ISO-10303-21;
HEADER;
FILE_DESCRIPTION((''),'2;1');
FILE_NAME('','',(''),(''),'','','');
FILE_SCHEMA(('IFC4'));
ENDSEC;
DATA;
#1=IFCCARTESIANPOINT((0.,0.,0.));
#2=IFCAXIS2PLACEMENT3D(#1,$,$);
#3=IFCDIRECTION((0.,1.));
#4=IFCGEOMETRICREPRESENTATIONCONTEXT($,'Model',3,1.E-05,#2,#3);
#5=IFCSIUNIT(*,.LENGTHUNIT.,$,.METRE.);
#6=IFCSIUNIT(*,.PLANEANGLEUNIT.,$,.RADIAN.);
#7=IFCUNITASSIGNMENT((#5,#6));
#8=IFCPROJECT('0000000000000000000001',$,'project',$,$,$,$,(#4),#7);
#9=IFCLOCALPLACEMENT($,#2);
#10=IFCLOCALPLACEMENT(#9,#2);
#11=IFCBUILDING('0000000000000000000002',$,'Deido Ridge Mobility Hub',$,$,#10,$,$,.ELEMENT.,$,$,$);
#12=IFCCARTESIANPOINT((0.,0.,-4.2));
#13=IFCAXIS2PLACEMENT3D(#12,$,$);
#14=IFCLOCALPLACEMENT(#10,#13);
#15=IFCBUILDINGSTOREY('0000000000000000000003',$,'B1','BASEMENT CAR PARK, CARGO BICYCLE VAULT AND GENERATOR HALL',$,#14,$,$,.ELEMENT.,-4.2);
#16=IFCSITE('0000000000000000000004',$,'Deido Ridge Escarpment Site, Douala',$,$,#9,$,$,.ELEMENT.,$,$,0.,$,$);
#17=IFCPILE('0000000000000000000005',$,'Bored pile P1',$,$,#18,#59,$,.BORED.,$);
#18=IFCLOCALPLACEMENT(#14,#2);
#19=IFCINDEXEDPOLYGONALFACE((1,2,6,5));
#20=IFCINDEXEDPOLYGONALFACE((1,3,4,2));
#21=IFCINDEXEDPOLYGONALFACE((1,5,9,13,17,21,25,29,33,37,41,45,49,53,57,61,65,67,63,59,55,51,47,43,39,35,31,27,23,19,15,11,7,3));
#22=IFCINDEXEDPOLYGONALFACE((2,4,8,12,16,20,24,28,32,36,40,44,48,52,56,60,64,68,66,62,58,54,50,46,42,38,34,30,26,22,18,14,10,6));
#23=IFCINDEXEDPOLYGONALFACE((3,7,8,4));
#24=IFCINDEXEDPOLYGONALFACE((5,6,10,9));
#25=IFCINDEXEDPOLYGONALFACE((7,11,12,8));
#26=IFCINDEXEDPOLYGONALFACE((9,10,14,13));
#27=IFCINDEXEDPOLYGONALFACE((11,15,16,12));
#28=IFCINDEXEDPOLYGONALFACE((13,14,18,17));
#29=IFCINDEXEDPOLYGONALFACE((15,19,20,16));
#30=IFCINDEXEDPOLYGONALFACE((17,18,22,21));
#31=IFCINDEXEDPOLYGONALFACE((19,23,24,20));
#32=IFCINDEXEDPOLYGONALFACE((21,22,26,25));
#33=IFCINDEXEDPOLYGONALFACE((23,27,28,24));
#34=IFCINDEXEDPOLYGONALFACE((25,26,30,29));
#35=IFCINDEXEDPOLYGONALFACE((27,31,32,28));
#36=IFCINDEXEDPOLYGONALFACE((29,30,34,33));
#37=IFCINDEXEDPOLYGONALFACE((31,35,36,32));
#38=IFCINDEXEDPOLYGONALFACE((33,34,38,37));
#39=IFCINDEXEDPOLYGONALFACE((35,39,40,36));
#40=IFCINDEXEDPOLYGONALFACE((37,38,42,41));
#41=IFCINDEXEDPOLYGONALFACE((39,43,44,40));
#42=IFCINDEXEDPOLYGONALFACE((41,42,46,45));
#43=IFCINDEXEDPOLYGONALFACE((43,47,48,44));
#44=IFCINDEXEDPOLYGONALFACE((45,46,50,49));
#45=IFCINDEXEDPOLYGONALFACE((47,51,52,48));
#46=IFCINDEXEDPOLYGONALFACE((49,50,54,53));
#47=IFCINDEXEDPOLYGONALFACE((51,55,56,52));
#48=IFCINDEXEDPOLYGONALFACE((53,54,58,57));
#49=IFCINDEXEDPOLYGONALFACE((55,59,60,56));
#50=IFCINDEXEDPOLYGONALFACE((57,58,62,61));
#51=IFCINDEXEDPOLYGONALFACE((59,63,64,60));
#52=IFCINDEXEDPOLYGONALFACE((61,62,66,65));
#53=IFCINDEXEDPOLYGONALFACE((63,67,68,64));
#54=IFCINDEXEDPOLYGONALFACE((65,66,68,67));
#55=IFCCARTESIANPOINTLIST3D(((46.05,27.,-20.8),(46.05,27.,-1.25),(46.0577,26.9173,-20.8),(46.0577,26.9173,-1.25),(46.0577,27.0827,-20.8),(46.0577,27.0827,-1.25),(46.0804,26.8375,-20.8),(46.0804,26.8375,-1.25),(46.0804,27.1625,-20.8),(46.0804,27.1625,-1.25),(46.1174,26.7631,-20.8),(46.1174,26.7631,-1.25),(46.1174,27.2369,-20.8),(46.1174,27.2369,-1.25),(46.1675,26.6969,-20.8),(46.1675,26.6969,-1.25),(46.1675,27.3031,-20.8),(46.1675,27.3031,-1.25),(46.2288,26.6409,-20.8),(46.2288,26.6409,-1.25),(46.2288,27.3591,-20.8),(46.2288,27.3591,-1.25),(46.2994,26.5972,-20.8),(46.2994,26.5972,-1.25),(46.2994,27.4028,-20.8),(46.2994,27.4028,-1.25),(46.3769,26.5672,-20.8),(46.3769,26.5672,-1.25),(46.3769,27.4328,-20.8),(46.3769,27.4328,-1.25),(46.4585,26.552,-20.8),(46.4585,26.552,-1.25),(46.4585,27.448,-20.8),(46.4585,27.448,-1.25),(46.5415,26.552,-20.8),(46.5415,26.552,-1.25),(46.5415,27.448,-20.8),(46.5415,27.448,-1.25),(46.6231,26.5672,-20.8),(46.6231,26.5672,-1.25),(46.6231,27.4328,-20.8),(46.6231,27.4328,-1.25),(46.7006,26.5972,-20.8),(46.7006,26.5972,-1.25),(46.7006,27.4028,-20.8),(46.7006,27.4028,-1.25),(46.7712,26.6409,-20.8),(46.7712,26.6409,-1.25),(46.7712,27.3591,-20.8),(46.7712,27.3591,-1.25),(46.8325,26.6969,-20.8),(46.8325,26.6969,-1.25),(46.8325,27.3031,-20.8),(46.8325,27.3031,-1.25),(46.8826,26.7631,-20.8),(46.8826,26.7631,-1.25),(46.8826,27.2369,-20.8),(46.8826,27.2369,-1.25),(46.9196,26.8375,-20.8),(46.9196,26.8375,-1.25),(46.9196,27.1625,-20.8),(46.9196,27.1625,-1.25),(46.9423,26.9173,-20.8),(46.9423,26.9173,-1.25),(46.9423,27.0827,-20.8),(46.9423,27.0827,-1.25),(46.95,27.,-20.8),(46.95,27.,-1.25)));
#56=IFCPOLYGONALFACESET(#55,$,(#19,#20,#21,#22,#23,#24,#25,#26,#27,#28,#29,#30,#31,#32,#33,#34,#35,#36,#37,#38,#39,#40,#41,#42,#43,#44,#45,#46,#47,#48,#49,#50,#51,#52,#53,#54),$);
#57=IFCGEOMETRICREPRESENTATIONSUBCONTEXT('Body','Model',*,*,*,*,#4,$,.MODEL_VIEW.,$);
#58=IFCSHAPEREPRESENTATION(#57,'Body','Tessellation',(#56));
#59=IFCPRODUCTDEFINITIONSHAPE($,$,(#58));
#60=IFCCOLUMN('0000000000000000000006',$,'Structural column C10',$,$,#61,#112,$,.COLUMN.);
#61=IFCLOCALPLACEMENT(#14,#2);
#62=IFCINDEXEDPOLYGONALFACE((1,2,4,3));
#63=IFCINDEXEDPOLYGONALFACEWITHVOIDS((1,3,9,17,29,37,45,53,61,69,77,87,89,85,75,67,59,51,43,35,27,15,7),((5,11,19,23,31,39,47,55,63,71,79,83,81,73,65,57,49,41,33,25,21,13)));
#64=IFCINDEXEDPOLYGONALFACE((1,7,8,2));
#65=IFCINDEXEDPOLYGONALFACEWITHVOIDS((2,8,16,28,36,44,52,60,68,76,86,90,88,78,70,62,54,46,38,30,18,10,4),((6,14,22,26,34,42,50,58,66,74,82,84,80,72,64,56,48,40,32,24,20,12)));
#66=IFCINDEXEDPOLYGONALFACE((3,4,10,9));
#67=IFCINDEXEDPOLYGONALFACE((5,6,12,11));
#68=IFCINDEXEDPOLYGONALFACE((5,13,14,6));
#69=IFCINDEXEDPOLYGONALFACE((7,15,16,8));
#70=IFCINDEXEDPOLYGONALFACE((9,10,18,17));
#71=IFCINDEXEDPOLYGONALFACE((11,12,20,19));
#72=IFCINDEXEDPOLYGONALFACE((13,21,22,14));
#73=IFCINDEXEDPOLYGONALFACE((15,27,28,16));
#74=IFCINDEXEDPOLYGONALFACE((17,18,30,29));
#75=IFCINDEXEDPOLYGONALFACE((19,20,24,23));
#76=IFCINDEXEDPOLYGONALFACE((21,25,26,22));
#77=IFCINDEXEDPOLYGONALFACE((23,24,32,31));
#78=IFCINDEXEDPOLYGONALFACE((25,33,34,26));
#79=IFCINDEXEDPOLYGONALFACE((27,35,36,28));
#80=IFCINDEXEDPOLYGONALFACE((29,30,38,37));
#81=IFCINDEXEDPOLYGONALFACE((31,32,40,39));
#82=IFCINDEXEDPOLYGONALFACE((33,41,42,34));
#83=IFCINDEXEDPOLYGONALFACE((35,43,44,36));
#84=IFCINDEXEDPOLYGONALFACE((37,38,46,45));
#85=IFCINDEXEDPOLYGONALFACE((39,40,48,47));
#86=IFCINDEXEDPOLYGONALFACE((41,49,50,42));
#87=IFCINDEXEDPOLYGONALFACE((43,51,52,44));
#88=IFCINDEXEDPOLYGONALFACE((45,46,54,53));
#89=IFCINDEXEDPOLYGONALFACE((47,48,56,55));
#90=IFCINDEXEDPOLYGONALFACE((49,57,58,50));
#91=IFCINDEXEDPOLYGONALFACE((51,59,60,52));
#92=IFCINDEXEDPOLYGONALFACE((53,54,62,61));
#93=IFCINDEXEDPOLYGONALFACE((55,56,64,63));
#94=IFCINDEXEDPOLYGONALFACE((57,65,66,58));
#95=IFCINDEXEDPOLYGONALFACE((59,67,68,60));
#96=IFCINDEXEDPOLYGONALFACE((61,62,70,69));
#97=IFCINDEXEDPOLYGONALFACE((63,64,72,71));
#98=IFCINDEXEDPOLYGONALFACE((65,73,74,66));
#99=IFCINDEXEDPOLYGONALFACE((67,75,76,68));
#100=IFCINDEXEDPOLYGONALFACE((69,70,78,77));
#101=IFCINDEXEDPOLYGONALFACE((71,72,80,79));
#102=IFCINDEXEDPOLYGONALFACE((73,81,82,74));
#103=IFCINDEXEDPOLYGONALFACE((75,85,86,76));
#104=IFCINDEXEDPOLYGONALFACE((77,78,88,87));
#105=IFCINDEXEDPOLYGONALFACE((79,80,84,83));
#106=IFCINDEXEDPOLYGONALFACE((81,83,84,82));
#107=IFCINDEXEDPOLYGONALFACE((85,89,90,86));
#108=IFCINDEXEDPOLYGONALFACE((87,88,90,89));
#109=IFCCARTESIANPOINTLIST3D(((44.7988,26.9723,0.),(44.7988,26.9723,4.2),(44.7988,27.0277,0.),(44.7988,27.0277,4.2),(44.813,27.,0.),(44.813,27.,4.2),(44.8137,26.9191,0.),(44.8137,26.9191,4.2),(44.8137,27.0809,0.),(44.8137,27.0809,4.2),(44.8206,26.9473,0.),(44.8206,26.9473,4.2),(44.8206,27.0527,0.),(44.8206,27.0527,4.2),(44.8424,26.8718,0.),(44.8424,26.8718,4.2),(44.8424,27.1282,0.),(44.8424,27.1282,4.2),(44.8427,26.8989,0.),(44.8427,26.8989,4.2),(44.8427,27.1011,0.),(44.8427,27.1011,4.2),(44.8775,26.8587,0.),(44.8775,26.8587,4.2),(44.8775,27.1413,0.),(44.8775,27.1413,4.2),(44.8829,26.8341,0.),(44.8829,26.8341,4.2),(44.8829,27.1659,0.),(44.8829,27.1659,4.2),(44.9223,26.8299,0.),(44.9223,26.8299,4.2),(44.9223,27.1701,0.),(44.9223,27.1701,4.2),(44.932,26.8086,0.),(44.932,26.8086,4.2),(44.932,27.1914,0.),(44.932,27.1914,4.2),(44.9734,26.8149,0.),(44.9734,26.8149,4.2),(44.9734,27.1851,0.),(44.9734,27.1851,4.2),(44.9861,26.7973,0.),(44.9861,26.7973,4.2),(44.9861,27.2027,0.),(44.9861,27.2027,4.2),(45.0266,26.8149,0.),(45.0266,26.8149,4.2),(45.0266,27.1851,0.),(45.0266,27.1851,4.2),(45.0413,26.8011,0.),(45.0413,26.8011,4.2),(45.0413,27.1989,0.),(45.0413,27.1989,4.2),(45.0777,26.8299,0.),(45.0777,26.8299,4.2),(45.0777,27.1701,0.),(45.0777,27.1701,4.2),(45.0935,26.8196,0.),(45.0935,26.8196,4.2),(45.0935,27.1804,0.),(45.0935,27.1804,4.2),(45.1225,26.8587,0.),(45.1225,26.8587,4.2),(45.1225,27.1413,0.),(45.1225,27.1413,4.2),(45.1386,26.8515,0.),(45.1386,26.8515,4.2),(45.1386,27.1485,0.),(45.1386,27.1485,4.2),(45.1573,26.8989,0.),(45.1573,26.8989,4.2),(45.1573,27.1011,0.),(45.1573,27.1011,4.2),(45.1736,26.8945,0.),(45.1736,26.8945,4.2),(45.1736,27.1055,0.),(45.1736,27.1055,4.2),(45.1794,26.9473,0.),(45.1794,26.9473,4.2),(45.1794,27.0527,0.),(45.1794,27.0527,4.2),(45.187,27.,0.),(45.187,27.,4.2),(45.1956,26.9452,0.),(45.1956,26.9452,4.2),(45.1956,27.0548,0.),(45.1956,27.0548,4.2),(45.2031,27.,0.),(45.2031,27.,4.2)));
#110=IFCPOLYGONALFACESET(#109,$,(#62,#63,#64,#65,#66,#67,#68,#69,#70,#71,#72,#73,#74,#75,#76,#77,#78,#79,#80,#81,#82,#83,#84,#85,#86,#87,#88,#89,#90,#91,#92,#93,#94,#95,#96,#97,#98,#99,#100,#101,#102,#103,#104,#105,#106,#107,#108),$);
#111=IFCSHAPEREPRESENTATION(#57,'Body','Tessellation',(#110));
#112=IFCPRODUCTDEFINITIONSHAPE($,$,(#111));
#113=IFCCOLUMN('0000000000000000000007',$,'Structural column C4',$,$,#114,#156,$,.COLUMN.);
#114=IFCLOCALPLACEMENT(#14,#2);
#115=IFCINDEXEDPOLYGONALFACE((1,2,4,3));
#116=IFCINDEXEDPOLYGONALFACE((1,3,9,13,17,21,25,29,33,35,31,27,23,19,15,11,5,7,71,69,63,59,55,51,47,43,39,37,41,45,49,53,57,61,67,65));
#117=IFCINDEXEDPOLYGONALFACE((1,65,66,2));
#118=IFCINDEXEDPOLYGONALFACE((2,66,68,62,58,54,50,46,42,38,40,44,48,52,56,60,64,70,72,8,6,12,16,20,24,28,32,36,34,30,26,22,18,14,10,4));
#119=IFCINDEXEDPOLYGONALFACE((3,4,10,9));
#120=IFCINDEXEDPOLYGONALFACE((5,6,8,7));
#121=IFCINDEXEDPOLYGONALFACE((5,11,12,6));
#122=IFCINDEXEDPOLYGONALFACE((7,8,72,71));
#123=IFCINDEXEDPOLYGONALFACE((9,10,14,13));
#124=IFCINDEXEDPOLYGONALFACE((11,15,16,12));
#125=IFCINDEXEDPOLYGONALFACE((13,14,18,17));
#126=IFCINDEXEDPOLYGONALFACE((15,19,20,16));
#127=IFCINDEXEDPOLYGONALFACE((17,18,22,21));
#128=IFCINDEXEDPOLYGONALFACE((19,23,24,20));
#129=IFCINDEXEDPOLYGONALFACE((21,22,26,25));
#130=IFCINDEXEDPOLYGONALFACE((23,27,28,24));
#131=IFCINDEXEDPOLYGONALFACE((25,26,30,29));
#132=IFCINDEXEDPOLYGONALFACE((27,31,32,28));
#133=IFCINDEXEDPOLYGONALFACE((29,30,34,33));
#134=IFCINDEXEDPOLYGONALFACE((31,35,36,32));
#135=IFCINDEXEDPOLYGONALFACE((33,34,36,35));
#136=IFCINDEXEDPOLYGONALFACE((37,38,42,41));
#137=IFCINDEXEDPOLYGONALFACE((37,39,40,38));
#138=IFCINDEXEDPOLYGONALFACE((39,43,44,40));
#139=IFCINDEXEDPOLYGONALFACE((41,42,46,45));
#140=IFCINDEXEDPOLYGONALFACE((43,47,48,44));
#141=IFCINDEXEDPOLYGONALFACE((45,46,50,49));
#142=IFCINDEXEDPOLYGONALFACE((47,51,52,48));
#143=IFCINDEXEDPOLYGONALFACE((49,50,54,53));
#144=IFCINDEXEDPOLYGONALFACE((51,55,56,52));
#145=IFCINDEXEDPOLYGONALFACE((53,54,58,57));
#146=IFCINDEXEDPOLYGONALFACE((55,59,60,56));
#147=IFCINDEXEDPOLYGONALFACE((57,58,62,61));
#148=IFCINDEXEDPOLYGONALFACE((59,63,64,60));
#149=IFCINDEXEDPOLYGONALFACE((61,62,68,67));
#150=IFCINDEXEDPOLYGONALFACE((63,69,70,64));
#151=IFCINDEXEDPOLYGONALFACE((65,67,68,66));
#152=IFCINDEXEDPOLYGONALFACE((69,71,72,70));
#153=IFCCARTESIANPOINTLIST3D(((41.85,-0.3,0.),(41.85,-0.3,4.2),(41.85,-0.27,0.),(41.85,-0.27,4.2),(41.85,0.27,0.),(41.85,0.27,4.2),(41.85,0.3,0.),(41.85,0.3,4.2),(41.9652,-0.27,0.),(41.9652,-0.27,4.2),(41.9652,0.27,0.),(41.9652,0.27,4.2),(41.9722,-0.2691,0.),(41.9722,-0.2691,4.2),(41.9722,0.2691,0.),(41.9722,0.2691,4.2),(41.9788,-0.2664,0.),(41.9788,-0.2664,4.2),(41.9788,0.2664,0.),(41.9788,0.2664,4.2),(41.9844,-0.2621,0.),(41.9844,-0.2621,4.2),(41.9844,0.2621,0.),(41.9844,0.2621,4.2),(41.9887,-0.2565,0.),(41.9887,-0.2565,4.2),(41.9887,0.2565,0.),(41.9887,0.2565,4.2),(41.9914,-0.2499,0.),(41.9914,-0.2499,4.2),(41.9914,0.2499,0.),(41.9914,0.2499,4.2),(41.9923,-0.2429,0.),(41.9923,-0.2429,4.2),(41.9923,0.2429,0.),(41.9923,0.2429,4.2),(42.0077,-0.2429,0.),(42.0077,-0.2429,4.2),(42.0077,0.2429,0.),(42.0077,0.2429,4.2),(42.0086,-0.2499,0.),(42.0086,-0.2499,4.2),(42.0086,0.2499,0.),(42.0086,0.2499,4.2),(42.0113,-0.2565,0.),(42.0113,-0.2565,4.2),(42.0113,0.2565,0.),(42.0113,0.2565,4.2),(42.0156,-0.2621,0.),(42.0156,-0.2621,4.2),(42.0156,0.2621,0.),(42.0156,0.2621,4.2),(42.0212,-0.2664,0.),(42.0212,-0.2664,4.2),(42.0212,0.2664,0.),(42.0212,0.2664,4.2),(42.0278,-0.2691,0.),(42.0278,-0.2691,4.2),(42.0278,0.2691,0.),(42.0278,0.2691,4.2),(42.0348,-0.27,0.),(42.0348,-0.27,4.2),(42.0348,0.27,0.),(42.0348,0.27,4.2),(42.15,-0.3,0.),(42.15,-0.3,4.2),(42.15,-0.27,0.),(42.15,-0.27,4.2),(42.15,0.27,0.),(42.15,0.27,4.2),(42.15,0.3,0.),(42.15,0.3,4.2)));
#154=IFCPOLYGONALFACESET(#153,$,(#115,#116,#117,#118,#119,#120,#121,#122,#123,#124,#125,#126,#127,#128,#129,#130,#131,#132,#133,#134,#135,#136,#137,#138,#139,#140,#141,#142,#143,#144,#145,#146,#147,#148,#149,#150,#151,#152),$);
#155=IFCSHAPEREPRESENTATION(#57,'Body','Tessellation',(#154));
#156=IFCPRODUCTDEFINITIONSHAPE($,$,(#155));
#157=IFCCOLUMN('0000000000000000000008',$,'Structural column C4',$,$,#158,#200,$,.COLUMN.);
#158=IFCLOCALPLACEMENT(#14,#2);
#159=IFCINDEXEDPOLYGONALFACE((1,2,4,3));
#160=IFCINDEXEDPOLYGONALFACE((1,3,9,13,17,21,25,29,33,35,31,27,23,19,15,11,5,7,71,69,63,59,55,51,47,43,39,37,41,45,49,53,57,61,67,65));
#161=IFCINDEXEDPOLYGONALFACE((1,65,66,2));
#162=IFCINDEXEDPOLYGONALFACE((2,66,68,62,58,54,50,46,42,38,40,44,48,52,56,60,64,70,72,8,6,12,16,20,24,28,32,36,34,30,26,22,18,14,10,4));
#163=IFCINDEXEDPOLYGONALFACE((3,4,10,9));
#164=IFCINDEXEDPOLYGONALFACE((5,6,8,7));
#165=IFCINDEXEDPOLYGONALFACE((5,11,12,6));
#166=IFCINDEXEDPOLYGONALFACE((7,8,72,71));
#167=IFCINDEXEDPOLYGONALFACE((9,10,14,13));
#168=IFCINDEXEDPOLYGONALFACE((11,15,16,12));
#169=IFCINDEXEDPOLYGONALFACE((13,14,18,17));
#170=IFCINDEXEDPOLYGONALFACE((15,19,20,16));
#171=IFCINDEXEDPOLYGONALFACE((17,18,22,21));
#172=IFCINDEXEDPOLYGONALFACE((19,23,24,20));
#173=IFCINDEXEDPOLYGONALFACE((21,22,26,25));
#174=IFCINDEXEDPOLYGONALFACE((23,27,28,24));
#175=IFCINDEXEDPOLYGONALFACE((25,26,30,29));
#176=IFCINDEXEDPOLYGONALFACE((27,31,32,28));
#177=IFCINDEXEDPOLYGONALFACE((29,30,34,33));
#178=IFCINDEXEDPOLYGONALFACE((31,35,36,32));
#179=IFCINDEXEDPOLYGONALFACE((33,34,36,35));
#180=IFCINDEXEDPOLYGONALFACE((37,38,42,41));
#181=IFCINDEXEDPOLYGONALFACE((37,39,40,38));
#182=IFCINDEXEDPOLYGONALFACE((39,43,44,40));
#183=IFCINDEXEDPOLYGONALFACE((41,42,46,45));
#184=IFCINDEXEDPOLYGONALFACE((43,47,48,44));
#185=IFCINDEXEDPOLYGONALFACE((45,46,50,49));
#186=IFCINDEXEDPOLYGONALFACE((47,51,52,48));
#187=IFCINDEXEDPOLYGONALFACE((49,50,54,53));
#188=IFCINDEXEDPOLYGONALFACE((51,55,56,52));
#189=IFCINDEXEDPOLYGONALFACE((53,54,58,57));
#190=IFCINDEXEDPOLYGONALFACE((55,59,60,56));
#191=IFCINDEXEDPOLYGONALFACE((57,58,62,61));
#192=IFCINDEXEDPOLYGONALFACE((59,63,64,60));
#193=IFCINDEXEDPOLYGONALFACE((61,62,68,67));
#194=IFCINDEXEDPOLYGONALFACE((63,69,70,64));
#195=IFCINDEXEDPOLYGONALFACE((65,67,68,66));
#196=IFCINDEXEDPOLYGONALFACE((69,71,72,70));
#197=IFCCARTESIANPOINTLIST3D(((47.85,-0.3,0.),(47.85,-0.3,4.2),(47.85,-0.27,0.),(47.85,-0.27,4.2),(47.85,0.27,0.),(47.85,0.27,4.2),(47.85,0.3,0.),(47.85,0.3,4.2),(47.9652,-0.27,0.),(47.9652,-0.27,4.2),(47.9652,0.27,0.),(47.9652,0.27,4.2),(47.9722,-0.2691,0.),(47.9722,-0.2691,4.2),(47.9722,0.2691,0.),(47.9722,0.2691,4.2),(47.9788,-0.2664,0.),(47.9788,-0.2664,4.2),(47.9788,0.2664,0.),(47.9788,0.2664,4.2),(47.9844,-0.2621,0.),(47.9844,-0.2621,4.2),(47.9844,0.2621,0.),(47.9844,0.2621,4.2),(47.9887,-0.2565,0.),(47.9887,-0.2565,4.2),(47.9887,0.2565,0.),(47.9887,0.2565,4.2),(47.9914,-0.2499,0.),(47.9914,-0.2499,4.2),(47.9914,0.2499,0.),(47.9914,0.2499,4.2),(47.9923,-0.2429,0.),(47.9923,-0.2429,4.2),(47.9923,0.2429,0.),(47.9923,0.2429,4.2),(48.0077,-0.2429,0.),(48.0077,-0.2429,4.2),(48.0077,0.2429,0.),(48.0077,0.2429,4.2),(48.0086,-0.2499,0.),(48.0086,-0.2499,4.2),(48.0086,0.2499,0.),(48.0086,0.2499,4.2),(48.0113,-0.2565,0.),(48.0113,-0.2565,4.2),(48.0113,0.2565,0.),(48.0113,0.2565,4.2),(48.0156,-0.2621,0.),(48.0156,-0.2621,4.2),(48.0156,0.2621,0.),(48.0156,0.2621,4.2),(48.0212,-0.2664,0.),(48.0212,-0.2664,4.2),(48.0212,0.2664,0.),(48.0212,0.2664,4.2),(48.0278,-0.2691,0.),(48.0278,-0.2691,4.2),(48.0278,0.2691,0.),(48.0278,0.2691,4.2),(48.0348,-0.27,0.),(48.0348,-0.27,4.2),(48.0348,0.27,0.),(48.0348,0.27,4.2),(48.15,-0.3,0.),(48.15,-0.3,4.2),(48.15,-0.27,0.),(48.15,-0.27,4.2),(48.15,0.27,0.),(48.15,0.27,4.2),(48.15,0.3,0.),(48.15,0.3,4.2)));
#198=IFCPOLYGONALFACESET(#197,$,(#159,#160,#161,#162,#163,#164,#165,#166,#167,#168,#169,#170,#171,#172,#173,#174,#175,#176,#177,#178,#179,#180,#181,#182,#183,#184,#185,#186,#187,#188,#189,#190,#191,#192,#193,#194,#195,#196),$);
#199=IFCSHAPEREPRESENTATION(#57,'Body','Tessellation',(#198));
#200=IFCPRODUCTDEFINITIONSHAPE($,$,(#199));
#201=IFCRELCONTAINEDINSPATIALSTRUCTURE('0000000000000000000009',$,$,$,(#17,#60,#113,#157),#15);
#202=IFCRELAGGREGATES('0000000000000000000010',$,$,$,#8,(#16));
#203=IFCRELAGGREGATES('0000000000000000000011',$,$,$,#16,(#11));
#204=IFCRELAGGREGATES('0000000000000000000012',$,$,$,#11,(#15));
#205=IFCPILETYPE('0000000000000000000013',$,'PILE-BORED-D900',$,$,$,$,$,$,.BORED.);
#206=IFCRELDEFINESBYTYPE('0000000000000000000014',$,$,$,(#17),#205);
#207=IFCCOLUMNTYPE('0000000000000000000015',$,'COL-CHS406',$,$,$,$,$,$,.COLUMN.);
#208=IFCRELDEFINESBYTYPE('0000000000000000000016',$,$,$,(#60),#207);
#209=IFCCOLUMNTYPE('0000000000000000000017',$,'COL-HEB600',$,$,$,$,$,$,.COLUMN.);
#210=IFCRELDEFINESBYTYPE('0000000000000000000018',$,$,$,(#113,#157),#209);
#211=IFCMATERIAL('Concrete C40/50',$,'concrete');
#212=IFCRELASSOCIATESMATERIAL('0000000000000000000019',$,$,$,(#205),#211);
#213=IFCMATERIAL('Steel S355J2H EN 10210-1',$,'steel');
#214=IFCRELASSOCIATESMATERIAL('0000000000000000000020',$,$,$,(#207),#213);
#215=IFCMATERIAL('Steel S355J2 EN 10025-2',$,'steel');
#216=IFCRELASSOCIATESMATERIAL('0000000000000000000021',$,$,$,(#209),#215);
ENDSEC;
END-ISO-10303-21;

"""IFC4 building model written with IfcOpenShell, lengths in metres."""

from ifc_helpers import new_model, si_unit, direction, frame, origin, origin_2d, place, context, subcontext, project, spatial, circle, hollow_circle, i_section, extrude, material, material_profile, profile_set, type_object, element, save


model = new_model("IFC4")

# Units and contexts
model_context = context("Model", 3, precision=1e-05, world=origin(), true_north=direction((0.0, 1.0)))
body_context = subcontext(model_context, "Body", "Model", "MODEL_VIEW")
ifc_project = project(units=[si_unit("LENGTHUNIT", "METRE"), si_unit("PLANEANGLEUNIT", "RADIAN")], contexts=[model_context])

# Site, building, storey
site_placement = place(None, origin())
site = spatial("IfcSite", under=ifc_project, at=site_placement, Name="Deido Ridge Escarpment Site, Douala", CompositionType="ELEMENT", RefElevation=0.0)
building_placement = place(site_placement, origin())
building = spatial("IfcBuilding", under=site, at=building_placement, Name="Deido Ridge Mobility Hub", CompositionType="ELEMENT")
storey_placement = place(building_placement, frame((0.0, 0.0, -4.2)))
storey = spatial("IfcBuildingStorey", under=building, at=storey_placement, Name="B1", Description="BASEMENT CAR PARK, CARGO BICYCLE VAULT AND GENERATOR HALL", CompositionType="ELEMENT", Elevation=-4.2)

# Shared definitions
ifc_material_1 = material(Name="Concrete C40/50", Category="concrete")

# Pile
ifc_material_profile_1 = material_profile(ifc_material_1, circle(Radius=0.45, at=origin_2d()), Name="BORED PILE D900")
ifc_profile_set_1 = profile_set([ifc_material_profile_1], Name="Concrete C40/50")
pile_type = type_object("IfcPileType", Name="PILE-BORED-D900", PredefinedType="BORED", material=ifc_profile_set_1)
for number, where, z_axis, x_axis, name in (
    (1, (46.5, 27.0, -1.25), (0.0, 0.0, -1.0), (1.0, 0.0, 0.0), "Bored pile P1"),
):
    element("IfcPile", number, at=place(storey_placement, frame(where, z_axis=z_axis, x_axis=x_axis)), inside=storey, type_object=pile_type, Name=name, PredefinedType="BORED", context=body_context, shape_type="SweptSolid", body=[
        extrude(circle(Radius=0.45, at=origin_2d()), origin(), (0.0, 0.0, 1.0), 19.55),
    ])

# Columns
ifc_material_2 = material(Name="Steel S355J2H EN 10210-1", Category="steel")
ifc_material_profile_2 = material_profile(ifc_material_2, hollow_circle(Radius=0.2031, WallThickness=0.0161, at=origin_2d()), Name="CHS 406.4x16")
ifc_profile_set_2 = profile_set([ifc_material_profile_2], Name="Steel S355J2H EN 10210-1")
column_type_1 = type_object("IfcColumnType", Name="COL-CHS406", PredefinedType="COLUMN", material=ifc_profile_set_2)
column_placement = place(storey_placement, frame((45.0, 27.0, 0.0), z_axis=(0.0, 0.0, 1.0), x_axis=(1.0, 0.0, 0.0)))
element("IfcColumn", 2, at=column_placement, inside=storey, type_object=column_type_1, Name="Structural column C10", PredefinedType="COLUMN", context=body_context, shape_type="SweptSolid", body=[
    extrude(hollow_circle(Radius=0.2031, WallThickness=0.0161, at=origin_2d()), origin(), (0.0, 0.0, 1.0), 4.2),
])
ifc_material_3 = material(Name="Steel S355J2 EN 10025-2", Category="steel")
ifc_material_profile_3 = material_profile(ifc_material_3, i_section(OverallWidth=0.3, OverallDepth=0.6001, WebThickness=0.0154, FlangeThickness=0.03, FilletRadius=0.0271, at=origin_2d()), Name="HEB 600")
ifc_profile_set_3 = profile_set([ifc_material_profile_3], Name="Steel S355J2 EN 10025-2")
column_type_2 = type_object("IfcColumnType", Name="COL-HEB600", PredefinedType="COLUMN", material=ifc_profile_set_3)
for number, where, z_axis, x_axis, name in (
    (3, (42.0, 0.0, 0.0), (0.0, 0.0, 1.0), (1.0, 0.0, 0.0), "Structural column C4"),
    (4, (48.0, 0.0, 0.0), (0.0, 0.0, 1.0), (1.0, 0.0, 0.0), "Structural column C4"),
):
    element("IfcColumn", number, at=place(storey_placement, frame(where, z_axis=z_axis, x_axis=x_axis)), inside=storey, type_object=column_type_2, Name=name, PredefinedType="COLUMN", context=body_context, shape_type="SweptSolid", body=[
        extrude(i_section(OverallWidth=0.3, OverallDepth=0.6001, WebThickness=0.0154, FlangeThickness=0.03, FilletRadius=0.0271, at=origin_2d()), origin(), (0.0, 0.0, 1.0), 4.2),
    ])

save(model, "model.ifc")
